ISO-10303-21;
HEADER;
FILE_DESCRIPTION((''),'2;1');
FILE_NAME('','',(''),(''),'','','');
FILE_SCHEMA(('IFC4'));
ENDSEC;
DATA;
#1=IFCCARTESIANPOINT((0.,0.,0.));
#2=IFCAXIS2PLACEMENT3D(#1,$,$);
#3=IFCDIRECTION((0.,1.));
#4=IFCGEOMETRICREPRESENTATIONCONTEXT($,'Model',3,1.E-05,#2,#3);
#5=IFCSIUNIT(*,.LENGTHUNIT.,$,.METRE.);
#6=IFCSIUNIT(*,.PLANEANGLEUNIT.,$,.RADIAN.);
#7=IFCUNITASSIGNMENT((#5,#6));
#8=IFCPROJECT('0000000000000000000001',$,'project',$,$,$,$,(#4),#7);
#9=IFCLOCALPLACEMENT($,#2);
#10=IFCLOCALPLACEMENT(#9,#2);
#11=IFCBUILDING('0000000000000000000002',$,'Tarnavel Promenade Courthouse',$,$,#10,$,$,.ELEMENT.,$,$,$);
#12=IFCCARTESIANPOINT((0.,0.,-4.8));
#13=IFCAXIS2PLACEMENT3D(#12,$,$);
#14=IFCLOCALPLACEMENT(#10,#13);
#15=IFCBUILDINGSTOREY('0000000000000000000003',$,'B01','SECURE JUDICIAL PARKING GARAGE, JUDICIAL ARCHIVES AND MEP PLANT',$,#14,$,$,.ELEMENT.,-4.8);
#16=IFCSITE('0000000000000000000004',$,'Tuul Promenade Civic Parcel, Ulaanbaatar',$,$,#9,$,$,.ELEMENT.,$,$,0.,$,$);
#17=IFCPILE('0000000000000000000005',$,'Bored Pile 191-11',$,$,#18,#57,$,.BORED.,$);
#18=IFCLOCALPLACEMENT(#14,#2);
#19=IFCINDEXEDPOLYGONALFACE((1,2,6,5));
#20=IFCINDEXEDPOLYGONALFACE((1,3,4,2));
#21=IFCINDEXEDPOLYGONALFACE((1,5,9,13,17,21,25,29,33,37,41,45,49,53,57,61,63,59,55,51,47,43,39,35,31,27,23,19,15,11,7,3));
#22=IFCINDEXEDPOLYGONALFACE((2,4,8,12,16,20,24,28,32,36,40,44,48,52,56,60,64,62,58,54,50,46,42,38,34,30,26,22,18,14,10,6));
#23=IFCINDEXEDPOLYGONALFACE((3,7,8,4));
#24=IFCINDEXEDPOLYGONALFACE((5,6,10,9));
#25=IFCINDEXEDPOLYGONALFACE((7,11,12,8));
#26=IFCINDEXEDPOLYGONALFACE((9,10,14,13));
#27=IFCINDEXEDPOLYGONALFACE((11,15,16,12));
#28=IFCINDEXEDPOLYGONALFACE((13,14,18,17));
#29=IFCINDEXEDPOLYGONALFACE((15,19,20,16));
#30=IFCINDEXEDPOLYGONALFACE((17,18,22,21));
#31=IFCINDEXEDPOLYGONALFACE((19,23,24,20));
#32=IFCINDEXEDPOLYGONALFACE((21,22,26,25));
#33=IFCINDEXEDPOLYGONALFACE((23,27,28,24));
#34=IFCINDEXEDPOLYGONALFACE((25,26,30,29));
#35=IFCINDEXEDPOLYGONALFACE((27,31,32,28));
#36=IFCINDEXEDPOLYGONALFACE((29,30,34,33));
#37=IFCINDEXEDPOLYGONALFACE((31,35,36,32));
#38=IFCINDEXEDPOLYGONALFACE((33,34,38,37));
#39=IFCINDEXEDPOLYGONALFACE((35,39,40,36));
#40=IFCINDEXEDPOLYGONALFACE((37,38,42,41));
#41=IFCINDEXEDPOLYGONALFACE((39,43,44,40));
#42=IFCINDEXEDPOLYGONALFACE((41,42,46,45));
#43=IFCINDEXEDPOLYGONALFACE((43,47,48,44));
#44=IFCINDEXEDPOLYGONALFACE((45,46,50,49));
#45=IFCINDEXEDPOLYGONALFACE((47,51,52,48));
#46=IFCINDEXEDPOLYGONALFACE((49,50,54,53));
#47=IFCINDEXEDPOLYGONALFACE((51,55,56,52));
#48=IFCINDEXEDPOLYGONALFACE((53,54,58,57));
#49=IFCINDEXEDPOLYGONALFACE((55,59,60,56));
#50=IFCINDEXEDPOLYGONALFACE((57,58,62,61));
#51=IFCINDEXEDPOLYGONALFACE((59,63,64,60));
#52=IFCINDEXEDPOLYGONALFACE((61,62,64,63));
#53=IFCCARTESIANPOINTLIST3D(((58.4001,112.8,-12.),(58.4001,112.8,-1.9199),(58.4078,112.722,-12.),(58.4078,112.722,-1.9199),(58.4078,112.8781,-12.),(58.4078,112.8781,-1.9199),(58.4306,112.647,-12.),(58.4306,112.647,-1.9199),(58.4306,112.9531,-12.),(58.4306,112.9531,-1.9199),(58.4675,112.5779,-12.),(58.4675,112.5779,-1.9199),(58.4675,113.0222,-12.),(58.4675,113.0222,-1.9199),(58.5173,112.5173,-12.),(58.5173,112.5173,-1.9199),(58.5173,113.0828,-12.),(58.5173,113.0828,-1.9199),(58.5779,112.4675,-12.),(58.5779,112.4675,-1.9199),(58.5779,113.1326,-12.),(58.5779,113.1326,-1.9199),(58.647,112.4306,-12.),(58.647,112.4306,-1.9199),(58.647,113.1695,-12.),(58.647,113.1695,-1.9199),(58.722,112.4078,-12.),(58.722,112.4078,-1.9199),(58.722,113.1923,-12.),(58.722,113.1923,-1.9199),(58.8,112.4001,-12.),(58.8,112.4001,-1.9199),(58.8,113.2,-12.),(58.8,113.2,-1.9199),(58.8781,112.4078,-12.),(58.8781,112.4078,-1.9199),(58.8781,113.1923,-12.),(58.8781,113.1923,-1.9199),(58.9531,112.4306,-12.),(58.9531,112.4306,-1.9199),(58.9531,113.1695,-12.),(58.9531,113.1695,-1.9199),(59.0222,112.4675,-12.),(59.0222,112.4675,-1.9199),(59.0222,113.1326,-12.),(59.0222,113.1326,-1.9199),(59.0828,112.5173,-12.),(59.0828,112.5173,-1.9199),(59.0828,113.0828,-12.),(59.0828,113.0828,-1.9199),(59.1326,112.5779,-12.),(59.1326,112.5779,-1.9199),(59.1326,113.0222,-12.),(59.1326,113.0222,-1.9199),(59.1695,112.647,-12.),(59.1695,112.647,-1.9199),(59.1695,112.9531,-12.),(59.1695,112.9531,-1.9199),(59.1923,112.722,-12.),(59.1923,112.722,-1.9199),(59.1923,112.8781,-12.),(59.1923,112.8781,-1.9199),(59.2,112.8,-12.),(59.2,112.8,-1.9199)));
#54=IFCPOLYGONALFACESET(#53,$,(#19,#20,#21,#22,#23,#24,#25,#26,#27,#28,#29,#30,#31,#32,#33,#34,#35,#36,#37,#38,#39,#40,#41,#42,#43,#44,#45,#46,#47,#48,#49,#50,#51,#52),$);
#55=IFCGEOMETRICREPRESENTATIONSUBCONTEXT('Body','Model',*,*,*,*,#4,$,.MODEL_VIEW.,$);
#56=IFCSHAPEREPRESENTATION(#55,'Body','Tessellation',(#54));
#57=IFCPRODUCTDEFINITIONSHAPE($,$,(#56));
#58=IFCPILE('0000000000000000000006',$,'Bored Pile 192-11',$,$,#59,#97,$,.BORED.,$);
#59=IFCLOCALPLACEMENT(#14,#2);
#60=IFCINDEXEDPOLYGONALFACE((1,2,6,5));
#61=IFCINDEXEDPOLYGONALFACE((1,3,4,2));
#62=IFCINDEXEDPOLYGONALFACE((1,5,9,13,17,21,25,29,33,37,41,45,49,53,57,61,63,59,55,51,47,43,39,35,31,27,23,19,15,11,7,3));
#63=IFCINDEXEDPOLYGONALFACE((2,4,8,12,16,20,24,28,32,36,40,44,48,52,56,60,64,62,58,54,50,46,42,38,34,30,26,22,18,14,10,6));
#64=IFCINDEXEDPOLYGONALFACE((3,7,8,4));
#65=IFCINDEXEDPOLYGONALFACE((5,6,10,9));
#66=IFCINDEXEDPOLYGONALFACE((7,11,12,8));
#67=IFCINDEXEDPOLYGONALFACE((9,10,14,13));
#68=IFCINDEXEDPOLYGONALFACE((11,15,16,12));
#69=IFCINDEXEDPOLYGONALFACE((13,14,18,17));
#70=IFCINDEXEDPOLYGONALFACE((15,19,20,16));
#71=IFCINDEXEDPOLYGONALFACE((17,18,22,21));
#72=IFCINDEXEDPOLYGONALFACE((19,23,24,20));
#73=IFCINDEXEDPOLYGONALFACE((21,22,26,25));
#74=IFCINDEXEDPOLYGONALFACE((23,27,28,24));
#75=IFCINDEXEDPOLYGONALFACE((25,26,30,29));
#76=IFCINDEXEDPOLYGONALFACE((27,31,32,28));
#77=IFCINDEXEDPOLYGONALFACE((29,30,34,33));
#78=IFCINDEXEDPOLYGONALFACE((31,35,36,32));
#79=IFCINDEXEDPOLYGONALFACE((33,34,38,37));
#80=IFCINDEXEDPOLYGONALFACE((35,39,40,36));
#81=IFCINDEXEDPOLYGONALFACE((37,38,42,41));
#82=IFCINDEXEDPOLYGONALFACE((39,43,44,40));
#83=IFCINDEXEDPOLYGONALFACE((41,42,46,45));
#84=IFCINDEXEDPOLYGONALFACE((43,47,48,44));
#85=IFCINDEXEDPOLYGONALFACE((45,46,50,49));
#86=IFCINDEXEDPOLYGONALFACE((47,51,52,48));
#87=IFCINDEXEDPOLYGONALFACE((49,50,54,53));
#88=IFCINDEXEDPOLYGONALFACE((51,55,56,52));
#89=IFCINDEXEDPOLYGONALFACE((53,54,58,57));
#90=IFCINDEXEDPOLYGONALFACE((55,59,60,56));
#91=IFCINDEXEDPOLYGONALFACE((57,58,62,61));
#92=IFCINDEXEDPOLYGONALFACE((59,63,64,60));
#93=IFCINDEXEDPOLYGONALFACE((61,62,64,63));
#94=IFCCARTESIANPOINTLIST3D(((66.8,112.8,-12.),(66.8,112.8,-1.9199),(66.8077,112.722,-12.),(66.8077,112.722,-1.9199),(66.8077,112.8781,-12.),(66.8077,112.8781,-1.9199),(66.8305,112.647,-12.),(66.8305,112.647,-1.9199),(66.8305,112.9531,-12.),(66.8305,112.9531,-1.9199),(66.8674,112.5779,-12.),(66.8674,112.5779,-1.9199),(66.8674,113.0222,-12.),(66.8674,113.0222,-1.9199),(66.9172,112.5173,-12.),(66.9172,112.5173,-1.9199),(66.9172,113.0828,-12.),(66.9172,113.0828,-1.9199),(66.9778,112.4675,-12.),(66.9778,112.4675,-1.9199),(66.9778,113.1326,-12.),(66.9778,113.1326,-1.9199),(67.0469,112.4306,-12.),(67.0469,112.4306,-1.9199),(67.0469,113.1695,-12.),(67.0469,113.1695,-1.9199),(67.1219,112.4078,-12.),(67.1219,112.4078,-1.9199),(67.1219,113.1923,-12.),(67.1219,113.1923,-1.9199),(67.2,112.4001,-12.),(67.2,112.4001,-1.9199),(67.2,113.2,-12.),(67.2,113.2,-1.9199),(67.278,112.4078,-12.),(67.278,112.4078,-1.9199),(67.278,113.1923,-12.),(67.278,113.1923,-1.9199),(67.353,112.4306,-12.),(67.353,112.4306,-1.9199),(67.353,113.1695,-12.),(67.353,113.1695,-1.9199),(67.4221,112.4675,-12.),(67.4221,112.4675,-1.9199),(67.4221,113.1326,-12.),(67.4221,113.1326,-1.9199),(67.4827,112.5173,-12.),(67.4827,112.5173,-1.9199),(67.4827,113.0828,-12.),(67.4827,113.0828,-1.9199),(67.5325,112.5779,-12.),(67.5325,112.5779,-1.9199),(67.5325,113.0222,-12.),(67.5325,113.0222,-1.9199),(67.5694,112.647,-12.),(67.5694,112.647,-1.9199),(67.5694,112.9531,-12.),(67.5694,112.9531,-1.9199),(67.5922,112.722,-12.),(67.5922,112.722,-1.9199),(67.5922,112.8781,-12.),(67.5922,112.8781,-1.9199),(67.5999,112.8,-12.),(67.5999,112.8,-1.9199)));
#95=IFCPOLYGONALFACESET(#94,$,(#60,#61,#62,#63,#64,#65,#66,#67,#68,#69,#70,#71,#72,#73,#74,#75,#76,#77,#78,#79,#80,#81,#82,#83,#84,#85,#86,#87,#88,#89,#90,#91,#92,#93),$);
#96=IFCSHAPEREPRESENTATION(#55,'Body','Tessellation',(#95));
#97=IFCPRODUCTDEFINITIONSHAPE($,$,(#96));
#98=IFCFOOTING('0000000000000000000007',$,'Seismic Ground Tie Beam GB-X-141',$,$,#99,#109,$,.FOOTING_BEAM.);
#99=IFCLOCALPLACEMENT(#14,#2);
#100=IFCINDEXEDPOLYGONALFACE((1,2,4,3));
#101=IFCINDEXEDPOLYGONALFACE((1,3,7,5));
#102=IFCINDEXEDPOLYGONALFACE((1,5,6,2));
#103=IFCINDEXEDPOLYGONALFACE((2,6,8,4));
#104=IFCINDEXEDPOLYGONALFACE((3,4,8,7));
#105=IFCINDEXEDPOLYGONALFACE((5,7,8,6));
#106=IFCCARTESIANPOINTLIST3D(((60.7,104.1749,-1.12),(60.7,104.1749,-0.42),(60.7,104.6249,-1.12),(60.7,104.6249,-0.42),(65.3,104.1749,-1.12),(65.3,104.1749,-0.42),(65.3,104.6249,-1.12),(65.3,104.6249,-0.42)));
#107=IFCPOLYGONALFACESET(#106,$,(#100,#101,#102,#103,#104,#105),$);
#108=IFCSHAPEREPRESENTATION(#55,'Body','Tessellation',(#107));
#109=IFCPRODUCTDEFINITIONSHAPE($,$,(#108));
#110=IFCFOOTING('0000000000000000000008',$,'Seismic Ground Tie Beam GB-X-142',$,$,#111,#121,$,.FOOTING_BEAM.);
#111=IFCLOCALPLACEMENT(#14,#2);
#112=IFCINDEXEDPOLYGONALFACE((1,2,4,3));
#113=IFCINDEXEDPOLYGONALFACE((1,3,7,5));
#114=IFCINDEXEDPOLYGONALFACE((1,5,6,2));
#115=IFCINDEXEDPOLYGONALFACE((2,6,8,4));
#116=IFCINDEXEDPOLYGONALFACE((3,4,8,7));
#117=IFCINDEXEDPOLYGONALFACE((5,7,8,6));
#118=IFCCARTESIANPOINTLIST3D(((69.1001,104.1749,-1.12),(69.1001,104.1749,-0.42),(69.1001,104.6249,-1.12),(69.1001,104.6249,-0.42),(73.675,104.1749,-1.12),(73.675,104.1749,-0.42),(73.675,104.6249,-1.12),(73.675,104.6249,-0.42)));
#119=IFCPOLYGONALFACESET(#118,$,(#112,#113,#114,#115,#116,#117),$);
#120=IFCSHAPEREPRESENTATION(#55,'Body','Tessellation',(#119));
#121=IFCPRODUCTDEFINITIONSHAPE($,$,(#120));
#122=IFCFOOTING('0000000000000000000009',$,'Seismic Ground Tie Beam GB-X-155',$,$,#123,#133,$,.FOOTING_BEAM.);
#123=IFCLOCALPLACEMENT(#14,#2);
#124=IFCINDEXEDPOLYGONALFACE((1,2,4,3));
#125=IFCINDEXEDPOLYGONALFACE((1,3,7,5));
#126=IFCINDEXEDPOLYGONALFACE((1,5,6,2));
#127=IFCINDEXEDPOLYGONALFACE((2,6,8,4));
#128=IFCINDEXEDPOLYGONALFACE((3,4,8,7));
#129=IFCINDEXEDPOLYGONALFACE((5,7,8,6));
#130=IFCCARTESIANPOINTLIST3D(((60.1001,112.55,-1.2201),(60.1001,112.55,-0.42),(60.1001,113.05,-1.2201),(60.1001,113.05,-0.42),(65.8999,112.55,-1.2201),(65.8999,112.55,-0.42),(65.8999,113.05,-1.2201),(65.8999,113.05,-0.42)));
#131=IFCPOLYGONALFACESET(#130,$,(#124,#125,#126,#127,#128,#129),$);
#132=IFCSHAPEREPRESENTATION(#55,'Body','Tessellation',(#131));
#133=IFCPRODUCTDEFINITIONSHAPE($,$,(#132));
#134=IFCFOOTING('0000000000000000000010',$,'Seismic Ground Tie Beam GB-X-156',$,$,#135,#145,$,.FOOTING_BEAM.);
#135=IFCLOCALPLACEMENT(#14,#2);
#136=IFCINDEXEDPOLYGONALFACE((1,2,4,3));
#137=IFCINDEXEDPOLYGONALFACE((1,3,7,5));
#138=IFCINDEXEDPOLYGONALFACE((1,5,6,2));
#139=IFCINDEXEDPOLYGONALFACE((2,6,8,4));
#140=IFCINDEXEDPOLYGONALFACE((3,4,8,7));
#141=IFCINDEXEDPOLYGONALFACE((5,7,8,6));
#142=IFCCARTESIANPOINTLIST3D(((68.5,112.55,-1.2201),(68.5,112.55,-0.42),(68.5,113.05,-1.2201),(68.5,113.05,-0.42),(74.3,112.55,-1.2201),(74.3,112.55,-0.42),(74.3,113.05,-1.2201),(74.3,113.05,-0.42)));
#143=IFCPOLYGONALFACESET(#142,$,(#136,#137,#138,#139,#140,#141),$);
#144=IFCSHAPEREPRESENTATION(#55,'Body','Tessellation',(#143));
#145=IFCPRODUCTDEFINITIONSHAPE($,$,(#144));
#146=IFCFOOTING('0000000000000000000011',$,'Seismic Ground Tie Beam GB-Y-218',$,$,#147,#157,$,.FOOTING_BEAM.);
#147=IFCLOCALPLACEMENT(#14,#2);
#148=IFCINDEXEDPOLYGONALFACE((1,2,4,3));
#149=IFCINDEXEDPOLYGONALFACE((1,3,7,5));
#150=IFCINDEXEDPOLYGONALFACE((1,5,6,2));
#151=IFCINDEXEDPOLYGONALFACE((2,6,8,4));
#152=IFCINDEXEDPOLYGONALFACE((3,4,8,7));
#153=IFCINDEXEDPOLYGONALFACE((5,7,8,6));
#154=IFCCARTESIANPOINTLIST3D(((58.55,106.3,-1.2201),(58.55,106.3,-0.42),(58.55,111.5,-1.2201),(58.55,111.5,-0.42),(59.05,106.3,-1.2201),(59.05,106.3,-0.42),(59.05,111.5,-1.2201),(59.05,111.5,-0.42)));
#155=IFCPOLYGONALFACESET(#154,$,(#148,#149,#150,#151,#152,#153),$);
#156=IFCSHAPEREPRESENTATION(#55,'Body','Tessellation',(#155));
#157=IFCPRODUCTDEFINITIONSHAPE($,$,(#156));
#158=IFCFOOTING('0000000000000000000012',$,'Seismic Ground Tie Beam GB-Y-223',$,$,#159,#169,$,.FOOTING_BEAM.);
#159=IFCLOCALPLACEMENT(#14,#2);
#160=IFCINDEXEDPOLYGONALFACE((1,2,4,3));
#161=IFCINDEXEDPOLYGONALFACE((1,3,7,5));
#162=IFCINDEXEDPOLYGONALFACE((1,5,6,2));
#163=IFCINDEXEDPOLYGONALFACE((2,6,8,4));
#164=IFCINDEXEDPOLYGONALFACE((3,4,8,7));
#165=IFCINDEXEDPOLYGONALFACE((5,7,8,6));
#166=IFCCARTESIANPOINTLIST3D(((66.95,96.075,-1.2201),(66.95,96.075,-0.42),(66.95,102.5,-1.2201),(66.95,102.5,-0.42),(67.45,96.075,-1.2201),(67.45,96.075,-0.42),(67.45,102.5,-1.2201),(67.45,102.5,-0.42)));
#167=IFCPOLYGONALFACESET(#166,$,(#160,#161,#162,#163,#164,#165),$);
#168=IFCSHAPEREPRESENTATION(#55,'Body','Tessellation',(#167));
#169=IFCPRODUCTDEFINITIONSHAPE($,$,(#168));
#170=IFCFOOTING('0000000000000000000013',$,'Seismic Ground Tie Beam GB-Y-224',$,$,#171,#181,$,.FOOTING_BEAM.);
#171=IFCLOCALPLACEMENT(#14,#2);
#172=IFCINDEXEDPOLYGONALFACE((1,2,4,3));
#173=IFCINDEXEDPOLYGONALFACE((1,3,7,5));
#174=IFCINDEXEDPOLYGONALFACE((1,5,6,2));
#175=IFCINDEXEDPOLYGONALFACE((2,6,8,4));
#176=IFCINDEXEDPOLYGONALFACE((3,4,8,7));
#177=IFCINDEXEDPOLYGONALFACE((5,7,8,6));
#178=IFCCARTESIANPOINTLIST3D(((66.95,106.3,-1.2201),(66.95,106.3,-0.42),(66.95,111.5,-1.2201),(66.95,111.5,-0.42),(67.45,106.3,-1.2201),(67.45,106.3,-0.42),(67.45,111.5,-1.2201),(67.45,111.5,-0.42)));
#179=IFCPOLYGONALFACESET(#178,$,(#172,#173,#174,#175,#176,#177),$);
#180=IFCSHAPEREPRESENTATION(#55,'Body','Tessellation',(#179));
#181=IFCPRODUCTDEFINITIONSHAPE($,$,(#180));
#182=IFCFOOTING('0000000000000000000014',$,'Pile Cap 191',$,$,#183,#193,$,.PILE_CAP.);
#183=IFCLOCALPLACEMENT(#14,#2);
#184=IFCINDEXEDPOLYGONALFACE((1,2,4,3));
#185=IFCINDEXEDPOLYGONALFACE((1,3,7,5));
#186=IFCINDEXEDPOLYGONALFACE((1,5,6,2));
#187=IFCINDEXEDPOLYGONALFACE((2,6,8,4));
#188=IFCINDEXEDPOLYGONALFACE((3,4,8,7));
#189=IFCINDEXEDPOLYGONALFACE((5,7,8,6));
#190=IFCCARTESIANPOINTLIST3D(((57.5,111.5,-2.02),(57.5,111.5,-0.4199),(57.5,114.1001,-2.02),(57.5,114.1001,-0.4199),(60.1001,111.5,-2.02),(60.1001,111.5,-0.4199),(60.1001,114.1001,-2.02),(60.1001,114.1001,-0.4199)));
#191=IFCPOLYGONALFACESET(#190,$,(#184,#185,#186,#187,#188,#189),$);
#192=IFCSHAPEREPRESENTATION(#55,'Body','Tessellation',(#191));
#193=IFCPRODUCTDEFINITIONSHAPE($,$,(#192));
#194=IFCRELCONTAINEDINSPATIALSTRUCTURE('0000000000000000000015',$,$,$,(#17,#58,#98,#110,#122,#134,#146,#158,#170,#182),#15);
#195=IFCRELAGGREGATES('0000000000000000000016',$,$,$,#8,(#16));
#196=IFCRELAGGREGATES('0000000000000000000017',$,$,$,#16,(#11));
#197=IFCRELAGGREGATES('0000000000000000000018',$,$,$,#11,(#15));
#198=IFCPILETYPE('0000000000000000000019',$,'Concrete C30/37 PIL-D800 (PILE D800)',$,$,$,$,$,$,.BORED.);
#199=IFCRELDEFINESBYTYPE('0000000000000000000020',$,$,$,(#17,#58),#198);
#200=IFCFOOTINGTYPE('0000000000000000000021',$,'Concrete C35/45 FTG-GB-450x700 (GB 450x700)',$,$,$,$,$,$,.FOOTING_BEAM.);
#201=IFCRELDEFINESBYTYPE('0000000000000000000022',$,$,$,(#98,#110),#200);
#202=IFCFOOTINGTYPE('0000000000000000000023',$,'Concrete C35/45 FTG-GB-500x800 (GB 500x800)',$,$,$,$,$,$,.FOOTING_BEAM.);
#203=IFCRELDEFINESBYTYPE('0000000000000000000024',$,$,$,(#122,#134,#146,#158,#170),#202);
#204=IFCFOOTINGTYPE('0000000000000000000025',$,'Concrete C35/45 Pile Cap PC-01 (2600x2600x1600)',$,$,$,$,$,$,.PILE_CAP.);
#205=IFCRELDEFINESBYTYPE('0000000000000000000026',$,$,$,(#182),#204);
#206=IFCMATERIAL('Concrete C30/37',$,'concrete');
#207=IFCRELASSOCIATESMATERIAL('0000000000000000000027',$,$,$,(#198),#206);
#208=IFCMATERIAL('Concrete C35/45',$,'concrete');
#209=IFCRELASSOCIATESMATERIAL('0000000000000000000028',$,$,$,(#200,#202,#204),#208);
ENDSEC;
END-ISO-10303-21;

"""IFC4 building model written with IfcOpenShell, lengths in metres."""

from ifc_helpers import new_model, si_unit, direction, frame, origin, origin_2d, place, context, subcontext, project, spatial, rectangle, circle, extrude, material, material_profile, profile_set, type_object, element, save


model = new_model("IFC4")

# Units and contexts
model_context = context("Model", 3, precision=1e-05, world=origin(), true_north=direction((0.0, 1.0)))
body_context = subcontext(model_context, "Body", "Model", "MODEL_VIEW")
ifc_project = project(units=[si_unit("LENGTHUNIT", "METRE"), si_unit("PLANEANGLEUNIT", "RADIAN")], contexts=[model_context])

# Site, building, storey
site_placement = place(None, origin())
site = spatial("IfcSite", under=ifc_project, at=site_placement, Name="Tuul Promenade Civic Parcel, Ulaanbaatar", CompositionType="ELEMENT", RefElevation=0.0)
building_placement = place(site_placement, origin())
building = spatial("IfcBuilding", under=site, at=building_placement, Name="Tarnavel Promenade Courthouse", CompositionType="ELEMENT")
storey_placement = place(building_placement, frame((0.0, 0.0, -4.8)))
storey = spatial("IfcBuildingStorey", under=building, at=storey_placement, Name="B01", Description="SECURE JUDICIAL PARKING GARAGE, JUDICIAL ARCHIVES AND MEP PLANT", CompositionType="ELEMENT", Elevation=-4.8)

# Piles
ifc_material_1 = material(Name="Concrete C30/37", Category="concrete")
ifc_material_profile_1 = material_profile(ifc_material_1, circle(Radius=0.3999, at=origin_2d()), Name="PILE D800")
ifc_profile_set_1 = profile_set([ifc_material_profile_1], Name="Concrete C30/37")
pile_type_1 = type_object("IfcPileType", Name="Concrete C30/37 PIL-D800 (PILE D800)", PredefinedType="BORED", material=ifc_profile_set_1)
for number, where, z_axis, x_axis, name in (
    (1, (58.8, 112.8, -1.9199), (0.0, 0.0, -1.0), (1.0, 0.0, 0.0), "Bored Pile 191-11"),
    (2, (67.2, 112.8, -1.9199), (0.0, 0.0, -1.0), (1.0, 0.0, 0.0), "Bored Pile 192-11"),
):
    element("IfcPile", number, at=place(storey_placement, frame(where, z_axis=z_axis, x_axis=x_axis)), inside=storey, type_object=pile_type_1, Name=name, PredefinedType="BORED", context=body_context, shape_type="SweptSolid", body=[
        extrude(circle(Radius=0.3999, at=origin_2d()), origin(), (0.0, 0.0, 1.0), 10.0801),
    ])

# Footings
ifc_material_2 = material(Name="Concrete C35/45", Category="concrete")
ifc_material_profile_2 = material_profile(ifc_material_2, rectangle(XDim=0.45, YDim=0.7, at=origin_2d()), Name="GB 450x700")
ifc_profile_set_2 = profile_set([ifc_material_profile_2], Name="Concrete C35/45")
footing_type_1 = type_object("IfcFootingType", Name="Concrete C35/45 FTG-GB-450x700 (GB 450x700)", PredefinedType="FOOTING_BEAM", material=ifc_profile_set_2)
footing_1_placement = place(storey_placement, frame((60.7, 104.3999, -0.77), z_axis=(1.0, 0.0, 0.0), x_axis=(0.0, 1.0, 0.0)))
element("IfcFooting", 3, at=footing_1_placement, inside=storey, type_object=footing_type_1, Name="Seismic Ground Tie Beam GB-X-141", PredefinedType="FOOTING_BEAM", context=body_context, shape_type="SweptSolid", body=[
    extrude(rectangle(XDim=0.45, YDim=0.7, at=origin_2d()), origin(), (0.0, 0.0, 1.0), 4.6001),
])
footing_2_placement = place(storey_placement, frame((69.1001, 104.3999, -0.77), z_axis=(1.0, 0.0, 0.0), x_axis=(0.0, 1.0, 0.0)))
element("IfcFooting", 4, at=footing_2_placement, inside=storey, type_object=footing_type_1, Name="Seismic Ground Tie Beam GB-X-142", PredefinedType="FOOTING_BEAM", context=body_context, shape_type="SweptSolid", body=[
    extrude(rectangle(XDim=0.45, YDim=0.7, at=origin_2d()), origin(), (0.0, 0.0, 1.0), 4.575),
])
ifc_material_profile_3 = material_profile(ifc_material_2, rectangle(XDim=0.5, YDim=0.8, at=origin_2d()), Name="GB 500x800")
ifc_profile_set_3 = profile_set([ifc_material_profile_3], Name="Concrete C35/45")
footing_type_2 = type_object("IfcFootingType", Name="Concrete C35/45 FTG-GB-500x800 (GB 500x800)", PredefinedType="FOOTING_BEAM", material=ifc_profile_set_3)
footing_3_placement = place(storey_placement, frame((60.1001, 112.8, -0.8201), z_axis=(1.0, 0.0, 0.0), x_axis=(0.0, 1.0, 0.0)))
element("IfcFooting", 5, at=footing_3_placement, inside=storey, type_object=footing_type_2, Name="Seismic Ground Tie Beam GB-X-155", PredefinedType="FOOTING_BEAM", context=body_context, shape_type="SweptSolid", body=[
    extrude(rectangle(XDim=0.5, YDim=0.8, at=origin_2d()), origin(), (0.0, 0.0, 1.0), 5.7998),
])
footing_4_placement = place(storey_placement, frame((68.5, 112.8, -0.8201), z_axis=(1.0, 0.0, 0.0), x_axis=(0.0, 1.0, 0.0)))
element("IfcFooting", 6, at=footing_4_placement, inside=storey, type_object=footing_type_2, Name="Seismic Ground Tie Beam GB-X-156", PredefinedType="FOOTING_BEAM", context=body_context, shape_type="SweptSolid", body=[
    extrude(rectangle(XDim=0.5, YDim=0.8, at=origin_2d()), origin(), (0.0, 0.0, 1.0), 5.8),
])
footing_5_placement = place(storey_placement, frame((58.8, 106.3, -0.8201), z_axis=(0.0, 1.0, 0.0), x_axis=(-1.0, 0.0, 0.0)))
element("IfcFooting", 7, at=footing_5_placement, inside=storey, type_object=footing_type_2, Name="Seismic Ground Tie Beam GB-Y-218", PredefinedType="FOOTING_BEAM", context=body_context, shape_type="SweptSolid", body=[
    extrude(rectangle(XDim=0.5, YDim=0.8, at=origin_2d()), origin(), (0.0, 0.0, 1.0), 5.2),
])
footing_6_placement = place(storey_placement, frame((67.2, 96.075, -0.8201), z_axis=(0.0, 1.0, 0.0), x_axis=(-1.0, 0.0, 0.0)))
element("IfcFooting", 8, at=footing_6_placement, inside=storey, type_object=footing_type_2, Name="Seismic Ground Tie Beam GB-Y-223", PredefinedType="FOOTING_BEAM", context=body_context, shape_type="SweptSolid", body=[
    extrude(rectangle(XDim=0.5, YDim=0.8, at=origin_2d()), origin(), (0.0, 0.0, 1.0), 6.425),
])
footing_7_placement = place(storey_placement, frame((67.2, 106.3, -0.8201), z_axis=(0.0, 1.0, 0.0), x_axis=(-1.0, 0.0, 0.0)))
element("IfcFooting", 9, at=footing_7_placement, inside=storey, type_object=footing_type_2, Name="Seismic Ground Tie Beam GB-Y-224", PredefinedType="FOOTING_BEAM", context=body_context, shape_type="SweptSolid", body=[
    extrude(rectangle(XDim=0.5, YDim=0.8, at=origin_2d()), origin(), (0.0, 0.0, 1.0), 5.2),
])
footing_type_3 = type_object("IfcFootingType", Name="Concrete C35/45 Pile Cap PC-01 (2600x2600x1600)", PredefinedType="PILE_CAP", material=ifc_material_2)
for number, where, z_axis, x_axis, name in (
    (10, (58.8, 112.8, -2.02), (0.0, 0.0, 1.0), (1.0, 0.0, 0.0), "Pile Cap 191"),
):
    element("IfcFooting", number, at=place(storey_placement, frame(where, z_axis=z_axis, x_axis=x_axis)), inside=storey, type_object=footing_type_3, Name=name, PredefinedType="PILE_CAP", context=body_context, shape_type="SweptSolid", body=[
        extrude(rectangle(XDim=2.6001, YDim=2.6001, at=origin_2d()), origin(), (0.0, 0.0, 1.0), 1.6001),
    ])

save(model, "model.ifc")
